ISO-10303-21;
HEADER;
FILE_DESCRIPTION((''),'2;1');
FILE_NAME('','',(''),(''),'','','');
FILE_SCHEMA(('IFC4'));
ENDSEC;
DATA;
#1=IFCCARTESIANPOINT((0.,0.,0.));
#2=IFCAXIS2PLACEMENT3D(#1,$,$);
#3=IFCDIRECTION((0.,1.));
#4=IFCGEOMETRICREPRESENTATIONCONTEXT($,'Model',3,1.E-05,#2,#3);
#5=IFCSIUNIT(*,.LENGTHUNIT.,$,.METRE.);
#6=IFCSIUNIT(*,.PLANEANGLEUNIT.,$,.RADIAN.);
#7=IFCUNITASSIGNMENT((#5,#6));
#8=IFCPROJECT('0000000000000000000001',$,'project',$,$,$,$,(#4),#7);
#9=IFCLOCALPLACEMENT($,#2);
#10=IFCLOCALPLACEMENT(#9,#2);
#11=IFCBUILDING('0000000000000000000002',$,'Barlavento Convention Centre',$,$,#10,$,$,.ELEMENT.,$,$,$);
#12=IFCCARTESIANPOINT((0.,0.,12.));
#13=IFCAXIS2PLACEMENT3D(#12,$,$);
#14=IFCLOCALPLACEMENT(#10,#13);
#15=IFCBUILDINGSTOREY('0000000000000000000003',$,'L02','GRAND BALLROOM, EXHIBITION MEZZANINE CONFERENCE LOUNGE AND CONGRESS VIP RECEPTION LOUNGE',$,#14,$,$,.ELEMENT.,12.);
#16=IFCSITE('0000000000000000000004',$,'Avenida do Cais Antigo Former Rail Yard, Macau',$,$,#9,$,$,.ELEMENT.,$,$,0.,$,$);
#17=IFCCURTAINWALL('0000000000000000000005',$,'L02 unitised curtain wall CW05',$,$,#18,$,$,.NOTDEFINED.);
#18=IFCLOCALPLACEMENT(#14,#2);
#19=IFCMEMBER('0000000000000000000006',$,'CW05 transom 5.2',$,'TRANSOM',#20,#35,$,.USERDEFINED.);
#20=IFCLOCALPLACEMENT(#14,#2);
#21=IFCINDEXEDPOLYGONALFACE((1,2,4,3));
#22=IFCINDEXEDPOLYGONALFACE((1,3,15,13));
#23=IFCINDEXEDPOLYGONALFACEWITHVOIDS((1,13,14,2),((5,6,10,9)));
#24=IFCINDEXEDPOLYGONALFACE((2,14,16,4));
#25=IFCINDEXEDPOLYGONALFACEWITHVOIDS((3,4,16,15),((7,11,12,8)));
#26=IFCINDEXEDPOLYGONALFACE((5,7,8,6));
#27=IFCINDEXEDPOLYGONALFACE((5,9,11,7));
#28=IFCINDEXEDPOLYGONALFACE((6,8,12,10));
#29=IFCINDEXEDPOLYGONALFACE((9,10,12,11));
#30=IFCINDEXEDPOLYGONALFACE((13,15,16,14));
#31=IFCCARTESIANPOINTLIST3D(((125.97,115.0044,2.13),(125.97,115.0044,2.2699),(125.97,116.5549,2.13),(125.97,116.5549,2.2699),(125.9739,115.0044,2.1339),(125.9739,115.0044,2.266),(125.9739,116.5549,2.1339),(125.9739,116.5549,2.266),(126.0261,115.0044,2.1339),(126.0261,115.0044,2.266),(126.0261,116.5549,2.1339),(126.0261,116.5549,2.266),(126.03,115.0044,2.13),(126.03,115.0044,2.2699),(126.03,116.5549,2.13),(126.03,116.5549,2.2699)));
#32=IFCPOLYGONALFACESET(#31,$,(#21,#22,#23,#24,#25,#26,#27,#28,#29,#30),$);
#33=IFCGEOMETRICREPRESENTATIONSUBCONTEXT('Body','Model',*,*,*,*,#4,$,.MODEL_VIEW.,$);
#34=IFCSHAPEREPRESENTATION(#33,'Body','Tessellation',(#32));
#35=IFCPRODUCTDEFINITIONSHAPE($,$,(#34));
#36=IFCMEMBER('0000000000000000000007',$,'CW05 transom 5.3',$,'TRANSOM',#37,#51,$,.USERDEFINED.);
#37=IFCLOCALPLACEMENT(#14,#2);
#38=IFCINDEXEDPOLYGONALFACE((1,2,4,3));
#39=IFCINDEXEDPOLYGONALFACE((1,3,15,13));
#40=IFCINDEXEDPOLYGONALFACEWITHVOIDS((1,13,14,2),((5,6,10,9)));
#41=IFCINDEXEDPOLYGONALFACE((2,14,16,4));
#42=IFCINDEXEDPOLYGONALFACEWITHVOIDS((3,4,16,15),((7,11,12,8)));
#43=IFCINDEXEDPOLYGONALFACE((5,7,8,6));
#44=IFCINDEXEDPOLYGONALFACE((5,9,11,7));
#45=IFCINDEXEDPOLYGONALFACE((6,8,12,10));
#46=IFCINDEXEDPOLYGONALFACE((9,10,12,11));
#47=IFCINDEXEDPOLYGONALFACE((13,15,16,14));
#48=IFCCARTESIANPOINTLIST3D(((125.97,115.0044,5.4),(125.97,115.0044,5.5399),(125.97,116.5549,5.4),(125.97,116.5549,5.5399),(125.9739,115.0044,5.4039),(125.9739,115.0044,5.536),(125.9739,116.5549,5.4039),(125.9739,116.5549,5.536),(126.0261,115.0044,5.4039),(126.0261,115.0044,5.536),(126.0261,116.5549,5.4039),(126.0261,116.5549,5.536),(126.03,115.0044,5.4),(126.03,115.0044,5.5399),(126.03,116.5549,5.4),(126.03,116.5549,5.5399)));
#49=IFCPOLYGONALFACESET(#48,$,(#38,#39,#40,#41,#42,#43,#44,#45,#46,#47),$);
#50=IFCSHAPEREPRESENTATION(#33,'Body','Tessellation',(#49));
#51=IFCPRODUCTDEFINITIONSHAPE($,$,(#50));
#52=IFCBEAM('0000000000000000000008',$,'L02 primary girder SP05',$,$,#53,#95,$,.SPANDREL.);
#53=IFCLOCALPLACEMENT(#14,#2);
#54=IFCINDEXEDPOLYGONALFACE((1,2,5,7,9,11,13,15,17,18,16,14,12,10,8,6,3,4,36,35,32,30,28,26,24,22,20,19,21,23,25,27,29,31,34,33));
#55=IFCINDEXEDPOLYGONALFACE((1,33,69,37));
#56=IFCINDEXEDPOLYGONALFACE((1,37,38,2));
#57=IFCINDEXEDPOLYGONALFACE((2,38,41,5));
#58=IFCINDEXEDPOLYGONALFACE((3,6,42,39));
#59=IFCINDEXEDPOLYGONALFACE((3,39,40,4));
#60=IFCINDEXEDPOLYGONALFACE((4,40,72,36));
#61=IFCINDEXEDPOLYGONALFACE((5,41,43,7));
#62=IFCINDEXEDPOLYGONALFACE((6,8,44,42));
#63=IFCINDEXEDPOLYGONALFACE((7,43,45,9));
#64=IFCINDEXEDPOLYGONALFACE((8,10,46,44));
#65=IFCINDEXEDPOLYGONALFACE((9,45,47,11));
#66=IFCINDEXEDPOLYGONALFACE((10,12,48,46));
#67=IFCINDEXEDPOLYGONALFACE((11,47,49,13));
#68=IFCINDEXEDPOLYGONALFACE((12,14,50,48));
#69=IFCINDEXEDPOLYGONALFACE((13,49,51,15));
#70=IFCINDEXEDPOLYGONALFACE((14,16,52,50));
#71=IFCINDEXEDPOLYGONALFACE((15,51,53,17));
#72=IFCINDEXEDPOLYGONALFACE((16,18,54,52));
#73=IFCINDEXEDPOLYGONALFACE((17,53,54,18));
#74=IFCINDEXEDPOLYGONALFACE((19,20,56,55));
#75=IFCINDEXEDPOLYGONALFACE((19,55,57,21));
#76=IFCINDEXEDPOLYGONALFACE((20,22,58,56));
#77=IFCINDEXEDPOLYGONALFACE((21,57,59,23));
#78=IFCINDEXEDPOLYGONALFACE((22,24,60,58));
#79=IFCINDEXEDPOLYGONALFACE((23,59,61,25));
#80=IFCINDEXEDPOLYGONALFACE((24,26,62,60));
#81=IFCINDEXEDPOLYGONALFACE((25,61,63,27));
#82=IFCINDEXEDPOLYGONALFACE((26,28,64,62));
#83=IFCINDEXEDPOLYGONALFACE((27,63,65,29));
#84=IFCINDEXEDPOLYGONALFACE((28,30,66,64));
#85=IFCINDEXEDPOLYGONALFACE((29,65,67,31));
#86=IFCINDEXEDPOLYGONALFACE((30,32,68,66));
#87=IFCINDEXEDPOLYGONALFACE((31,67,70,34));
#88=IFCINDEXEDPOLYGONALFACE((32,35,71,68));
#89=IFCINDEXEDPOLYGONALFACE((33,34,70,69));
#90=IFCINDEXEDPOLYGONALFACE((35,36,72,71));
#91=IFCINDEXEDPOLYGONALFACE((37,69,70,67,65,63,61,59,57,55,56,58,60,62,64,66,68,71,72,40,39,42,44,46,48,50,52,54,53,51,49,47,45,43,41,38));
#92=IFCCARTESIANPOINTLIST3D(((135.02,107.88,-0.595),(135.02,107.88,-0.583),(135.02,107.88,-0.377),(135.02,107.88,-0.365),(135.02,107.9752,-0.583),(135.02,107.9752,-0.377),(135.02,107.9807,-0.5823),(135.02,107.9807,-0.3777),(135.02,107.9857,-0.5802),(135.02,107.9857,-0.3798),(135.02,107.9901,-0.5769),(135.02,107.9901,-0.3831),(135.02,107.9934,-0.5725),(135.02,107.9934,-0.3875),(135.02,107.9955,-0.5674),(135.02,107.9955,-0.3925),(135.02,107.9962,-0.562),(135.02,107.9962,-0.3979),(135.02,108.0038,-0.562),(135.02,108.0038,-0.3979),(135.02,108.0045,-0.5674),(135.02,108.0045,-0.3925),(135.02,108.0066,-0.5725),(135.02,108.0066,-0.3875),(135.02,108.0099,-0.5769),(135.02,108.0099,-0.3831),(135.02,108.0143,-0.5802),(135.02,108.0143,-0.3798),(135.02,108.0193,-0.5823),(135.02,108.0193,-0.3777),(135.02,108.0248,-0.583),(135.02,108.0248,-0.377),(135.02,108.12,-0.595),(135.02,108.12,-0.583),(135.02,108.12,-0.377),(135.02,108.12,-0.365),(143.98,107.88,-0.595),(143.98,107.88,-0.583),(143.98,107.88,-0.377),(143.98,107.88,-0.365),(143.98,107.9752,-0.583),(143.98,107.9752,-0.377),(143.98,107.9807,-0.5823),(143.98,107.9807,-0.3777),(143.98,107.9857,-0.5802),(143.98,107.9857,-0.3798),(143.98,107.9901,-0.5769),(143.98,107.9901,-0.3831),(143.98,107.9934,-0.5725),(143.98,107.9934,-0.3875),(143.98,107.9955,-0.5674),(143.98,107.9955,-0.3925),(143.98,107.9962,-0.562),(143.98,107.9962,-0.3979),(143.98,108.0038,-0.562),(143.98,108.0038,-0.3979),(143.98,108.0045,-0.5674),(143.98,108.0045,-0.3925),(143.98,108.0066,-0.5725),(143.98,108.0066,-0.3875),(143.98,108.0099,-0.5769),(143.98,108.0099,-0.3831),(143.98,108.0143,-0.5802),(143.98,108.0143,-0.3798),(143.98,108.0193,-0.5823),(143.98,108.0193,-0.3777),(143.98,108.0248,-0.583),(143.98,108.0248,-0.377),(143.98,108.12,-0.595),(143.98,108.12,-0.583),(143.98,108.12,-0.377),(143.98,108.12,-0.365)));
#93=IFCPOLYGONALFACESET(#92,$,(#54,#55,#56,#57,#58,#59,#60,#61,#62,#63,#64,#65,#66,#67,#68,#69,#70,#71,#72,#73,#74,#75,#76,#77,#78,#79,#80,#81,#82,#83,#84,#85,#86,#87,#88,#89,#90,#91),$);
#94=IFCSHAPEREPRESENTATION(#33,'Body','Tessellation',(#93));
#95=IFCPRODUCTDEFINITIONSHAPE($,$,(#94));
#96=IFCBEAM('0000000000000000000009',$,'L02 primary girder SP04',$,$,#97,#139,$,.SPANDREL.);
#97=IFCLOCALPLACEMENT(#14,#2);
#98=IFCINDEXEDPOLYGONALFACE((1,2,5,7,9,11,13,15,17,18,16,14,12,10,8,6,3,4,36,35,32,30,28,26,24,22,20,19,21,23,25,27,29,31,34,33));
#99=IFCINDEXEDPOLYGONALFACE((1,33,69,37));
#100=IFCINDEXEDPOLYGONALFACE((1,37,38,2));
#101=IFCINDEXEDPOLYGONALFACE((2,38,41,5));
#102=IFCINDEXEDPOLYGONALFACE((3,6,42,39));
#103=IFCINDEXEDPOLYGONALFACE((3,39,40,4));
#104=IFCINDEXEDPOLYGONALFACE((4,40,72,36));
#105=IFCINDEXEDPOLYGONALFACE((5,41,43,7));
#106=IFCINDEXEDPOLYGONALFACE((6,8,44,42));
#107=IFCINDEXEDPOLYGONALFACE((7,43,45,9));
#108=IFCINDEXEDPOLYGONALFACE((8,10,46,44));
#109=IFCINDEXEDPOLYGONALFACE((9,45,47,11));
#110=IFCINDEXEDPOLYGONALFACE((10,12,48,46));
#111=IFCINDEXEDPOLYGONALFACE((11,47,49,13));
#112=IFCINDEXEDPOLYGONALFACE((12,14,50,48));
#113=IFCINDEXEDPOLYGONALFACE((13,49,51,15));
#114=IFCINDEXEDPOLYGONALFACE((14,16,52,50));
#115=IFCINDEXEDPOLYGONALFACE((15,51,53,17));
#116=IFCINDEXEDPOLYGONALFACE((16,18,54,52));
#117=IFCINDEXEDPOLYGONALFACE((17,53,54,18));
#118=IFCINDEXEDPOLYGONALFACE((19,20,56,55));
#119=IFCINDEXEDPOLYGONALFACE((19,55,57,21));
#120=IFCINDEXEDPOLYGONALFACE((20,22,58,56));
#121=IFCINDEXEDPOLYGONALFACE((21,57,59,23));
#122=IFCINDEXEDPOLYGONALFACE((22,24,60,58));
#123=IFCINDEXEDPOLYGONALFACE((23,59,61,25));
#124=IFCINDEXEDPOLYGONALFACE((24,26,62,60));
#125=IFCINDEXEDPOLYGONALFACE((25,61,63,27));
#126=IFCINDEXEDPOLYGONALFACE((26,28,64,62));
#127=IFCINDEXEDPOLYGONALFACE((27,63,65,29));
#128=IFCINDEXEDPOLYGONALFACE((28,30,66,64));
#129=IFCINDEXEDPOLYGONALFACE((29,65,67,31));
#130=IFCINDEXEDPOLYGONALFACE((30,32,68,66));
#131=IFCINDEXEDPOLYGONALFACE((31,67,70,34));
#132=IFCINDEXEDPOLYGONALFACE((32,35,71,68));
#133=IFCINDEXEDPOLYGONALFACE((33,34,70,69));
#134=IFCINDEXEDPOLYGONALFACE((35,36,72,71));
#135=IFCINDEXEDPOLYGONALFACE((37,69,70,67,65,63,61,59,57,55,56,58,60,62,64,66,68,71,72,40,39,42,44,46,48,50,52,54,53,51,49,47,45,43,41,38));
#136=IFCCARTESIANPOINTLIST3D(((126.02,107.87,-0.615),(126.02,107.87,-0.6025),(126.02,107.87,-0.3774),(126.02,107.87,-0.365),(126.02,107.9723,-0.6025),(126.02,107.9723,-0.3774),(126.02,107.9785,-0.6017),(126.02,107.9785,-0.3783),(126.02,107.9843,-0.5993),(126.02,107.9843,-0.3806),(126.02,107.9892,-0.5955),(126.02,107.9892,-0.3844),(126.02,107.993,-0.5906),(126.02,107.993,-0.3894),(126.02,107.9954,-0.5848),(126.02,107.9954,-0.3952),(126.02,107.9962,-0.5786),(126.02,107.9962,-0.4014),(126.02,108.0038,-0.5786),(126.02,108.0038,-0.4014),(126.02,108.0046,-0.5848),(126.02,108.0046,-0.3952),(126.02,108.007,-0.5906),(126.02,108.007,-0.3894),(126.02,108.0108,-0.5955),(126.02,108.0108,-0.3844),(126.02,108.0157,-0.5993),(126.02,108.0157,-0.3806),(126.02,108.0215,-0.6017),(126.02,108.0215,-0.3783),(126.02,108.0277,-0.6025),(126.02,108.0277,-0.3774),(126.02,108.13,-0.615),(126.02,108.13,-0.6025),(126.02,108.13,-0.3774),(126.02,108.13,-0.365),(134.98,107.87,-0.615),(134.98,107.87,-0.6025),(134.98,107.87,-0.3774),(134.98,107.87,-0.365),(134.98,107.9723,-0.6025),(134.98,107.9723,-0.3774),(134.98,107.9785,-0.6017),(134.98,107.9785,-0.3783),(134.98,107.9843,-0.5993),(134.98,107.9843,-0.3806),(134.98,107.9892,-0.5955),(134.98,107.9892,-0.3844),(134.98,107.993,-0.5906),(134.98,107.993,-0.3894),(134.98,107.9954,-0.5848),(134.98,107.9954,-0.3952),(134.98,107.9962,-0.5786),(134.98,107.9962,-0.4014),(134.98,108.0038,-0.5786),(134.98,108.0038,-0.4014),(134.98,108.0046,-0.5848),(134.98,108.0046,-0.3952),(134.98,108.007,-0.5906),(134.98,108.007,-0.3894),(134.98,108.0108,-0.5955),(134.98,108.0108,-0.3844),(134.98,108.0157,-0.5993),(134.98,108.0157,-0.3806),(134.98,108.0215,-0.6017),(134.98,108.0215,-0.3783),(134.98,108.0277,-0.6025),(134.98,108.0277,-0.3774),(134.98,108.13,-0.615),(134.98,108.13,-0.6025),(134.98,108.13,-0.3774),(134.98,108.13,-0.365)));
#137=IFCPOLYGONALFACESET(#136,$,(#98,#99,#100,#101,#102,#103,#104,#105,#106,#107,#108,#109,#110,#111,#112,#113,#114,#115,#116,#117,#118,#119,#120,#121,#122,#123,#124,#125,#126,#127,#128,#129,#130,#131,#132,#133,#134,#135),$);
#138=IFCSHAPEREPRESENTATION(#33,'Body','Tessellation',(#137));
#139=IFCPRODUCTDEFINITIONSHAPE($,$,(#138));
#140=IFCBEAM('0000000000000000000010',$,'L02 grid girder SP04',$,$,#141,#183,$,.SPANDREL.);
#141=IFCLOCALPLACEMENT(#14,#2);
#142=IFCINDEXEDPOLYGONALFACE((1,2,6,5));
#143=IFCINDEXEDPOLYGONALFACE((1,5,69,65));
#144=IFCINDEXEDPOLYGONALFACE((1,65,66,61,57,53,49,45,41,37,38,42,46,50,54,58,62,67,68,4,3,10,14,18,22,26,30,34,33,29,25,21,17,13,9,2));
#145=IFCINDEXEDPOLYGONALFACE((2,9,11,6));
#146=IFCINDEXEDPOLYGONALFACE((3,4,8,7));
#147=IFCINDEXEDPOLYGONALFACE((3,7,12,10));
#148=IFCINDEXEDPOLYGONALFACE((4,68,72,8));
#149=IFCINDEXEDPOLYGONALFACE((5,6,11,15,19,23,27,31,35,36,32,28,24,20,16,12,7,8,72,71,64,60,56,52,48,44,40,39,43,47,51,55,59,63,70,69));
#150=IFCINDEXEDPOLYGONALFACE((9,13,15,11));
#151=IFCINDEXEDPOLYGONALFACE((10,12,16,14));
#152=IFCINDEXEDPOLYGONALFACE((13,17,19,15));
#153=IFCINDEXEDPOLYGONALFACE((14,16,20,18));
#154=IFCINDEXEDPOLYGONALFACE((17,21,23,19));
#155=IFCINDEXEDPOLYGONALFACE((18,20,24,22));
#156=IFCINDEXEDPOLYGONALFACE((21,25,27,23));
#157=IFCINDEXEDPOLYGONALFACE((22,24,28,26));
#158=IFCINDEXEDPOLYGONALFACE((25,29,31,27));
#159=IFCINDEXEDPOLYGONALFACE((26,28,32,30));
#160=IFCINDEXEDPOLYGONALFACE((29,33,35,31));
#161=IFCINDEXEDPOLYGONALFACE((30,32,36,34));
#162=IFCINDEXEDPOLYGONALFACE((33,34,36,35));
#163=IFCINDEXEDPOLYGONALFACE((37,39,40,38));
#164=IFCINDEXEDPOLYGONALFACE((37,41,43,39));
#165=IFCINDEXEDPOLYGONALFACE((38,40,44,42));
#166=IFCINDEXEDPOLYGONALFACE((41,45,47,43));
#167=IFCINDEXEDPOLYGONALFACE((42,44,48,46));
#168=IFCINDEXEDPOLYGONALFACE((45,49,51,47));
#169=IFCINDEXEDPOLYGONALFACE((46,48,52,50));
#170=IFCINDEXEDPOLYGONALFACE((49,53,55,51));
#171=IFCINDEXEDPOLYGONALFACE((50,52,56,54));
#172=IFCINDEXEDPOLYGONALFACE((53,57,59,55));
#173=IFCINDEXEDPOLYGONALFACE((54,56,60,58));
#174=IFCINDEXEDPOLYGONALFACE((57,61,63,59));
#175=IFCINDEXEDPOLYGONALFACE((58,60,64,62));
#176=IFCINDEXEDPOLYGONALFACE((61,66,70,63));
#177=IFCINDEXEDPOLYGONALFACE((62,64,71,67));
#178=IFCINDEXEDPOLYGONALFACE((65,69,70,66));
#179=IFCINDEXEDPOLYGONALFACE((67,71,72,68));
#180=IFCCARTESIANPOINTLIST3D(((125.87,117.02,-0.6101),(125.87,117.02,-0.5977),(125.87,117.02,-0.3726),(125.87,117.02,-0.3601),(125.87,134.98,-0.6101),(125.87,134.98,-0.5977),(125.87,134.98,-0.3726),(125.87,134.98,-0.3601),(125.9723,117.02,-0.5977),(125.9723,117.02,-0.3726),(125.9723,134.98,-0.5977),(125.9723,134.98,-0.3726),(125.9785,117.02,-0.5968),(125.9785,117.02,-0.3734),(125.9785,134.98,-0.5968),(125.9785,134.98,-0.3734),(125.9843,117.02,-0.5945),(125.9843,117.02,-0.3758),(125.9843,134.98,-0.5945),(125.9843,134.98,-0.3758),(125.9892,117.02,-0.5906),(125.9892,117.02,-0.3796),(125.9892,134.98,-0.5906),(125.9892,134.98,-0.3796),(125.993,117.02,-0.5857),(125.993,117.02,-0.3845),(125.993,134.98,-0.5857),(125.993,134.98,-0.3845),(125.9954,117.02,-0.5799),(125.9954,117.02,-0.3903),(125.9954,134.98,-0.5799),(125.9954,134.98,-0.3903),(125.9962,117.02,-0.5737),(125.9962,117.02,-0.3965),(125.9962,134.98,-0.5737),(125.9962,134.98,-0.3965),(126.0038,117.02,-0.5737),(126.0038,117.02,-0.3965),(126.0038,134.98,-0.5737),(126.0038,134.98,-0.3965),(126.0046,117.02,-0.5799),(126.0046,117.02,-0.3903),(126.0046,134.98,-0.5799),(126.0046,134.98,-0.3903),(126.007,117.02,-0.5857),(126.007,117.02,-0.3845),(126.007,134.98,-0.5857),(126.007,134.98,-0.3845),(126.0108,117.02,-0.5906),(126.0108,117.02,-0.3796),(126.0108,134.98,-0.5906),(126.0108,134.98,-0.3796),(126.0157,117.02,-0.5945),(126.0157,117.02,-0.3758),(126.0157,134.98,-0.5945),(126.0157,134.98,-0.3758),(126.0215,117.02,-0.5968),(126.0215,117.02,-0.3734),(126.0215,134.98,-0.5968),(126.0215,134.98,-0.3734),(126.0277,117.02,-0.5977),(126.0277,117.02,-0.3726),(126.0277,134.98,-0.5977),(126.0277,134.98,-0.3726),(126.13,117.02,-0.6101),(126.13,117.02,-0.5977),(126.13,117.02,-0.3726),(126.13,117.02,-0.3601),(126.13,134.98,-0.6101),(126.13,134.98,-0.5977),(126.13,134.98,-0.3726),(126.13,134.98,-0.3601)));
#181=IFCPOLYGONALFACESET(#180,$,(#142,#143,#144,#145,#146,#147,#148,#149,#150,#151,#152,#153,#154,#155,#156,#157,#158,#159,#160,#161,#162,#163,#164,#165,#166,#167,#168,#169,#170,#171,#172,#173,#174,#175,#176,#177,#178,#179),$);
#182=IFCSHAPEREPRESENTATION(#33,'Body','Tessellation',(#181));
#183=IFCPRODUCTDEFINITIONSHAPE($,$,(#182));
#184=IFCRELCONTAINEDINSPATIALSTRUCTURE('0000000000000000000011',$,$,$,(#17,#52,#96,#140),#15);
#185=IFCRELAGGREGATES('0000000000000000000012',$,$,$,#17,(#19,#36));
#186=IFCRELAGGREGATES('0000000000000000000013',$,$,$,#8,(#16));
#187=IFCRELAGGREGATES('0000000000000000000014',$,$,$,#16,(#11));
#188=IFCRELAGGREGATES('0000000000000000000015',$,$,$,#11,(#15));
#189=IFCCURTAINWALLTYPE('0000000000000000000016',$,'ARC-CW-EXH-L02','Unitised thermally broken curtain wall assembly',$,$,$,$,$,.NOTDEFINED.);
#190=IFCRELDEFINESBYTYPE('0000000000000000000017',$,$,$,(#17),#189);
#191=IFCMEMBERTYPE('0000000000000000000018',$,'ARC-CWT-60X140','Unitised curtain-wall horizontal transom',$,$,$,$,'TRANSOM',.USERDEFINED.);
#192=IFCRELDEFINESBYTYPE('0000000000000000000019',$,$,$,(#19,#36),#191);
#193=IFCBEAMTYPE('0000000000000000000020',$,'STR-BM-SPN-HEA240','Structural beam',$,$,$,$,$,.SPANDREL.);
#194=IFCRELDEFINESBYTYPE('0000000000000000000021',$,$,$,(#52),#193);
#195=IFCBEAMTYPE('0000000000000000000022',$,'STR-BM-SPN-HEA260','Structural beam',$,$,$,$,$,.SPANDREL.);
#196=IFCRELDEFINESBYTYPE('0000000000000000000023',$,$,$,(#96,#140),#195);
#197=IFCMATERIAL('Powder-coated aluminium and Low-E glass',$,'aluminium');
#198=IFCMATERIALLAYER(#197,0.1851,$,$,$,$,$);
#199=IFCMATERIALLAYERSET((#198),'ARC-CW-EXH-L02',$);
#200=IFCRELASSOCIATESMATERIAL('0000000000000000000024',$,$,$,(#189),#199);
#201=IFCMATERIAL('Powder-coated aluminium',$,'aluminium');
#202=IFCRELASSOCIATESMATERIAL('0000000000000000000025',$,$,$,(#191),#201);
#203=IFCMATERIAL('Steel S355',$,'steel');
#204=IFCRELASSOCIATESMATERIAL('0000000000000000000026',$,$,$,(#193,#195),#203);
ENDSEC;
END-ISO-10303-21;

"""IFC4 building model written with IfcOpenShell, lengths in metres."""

from ifc_helpers import new_model, si_unit, direction, frame, origin, origin_2d, place, context, subcontext, project, spatial, hollow_rectangle, i_section, extrude, material, layer, layer_set, material_profile, profile_set, type_object, element, aggregate, save


model = new_model("IFC4")

# Units and contexts
model_context = context("Model", 3, precision=1e-05, world=origin(), true_north=direction((0.0, 1.0)))
body_context = subcontext(model_context, "Body", "Model", "MODEL_VIEW")
ifc_project = project(units=[si_unit("LENGTHUNIT", "METRE"), si_unit("PLANEANGLEUNIT", "RADIAN")], contexts=[model_context])

# Site, building, storey
site_placement = place(None, origin())
site = spatial("IfcSite", under=ifc_project, at=site_placement, Name="Avenida do Cais Antigo Former Rail Yard, Macau", CompositionType="ELEMENT", RefElevation=0.0)
building_placement = place(site_placement, origin())
building = spatial("IfcBuilding", under=site, at=building_placement, Name="Barlavento Convention Centre", CompositionType="ELEMENT")
storey_placement = place(building_placement, frame((0.0, 0.0, 12.0)))
storey = spatial("IfcBuildingStorey", under=building, at=storey_placement, Name="L02", Description="GRAND BALLROOM, EXHIBITION MEZZANINE CONFERENCE LOUNGE AND CONGRESS VIP RECEPTION LOUNGE", CompositionType="ELEMENT", Elevation=12.0)

# Curtain wall, members
ifc_material_1 = material(Name="Powder-coated aluminium and Low-E glass", Category="aluminium")
ifc_layer_1 = layer(ifc_material_1, 0.1851)
ifc_layer_set_1 = layer_set([ifc_layer_1], Name="ARC-CW-EXH-L02")
curtain_wall_type = type_object("IfcCurtainWallType", Name="ARC-CW-EXH-L02", Description="Unitised thermally broken curtain wall assembly", PredefinedType="NOTDEFINED", material=ifc_layer_set_1)
curtain_wall_placement = place(storey_placement, origin())
curtain_wall = element("IfcCurtainWall", 1, at=curtain_wall_placement, inside=storey, type_object=curtain_wall_type, Name="L02 unitised curtain wall CW05", PredefinedType="NOTDEFINED")
ifc_material_2 = material(Name="Powder-coated aluminium", Category="aluminium")
ifc_material_profile_1 = material_profile(ifc_material_2, hollow_rectangle(XDim=0.0601, YDim=0.1399, WallThickness=0.0039, at=origin_2d()), Name="AL-TRAN 60x140x4")
ifc_profile_set_1 = profile_set([ifc_material_profile_1], Name="Powder-coated aluminium")
member_type_1 = type_object("IfcMemberType", Name="ARC-CWT-60X140", Description="Unitised curtain-wall horizontal transom", ElementType="TRANSOM", PredefinedType="USERDEFINED", material=ifc_profile_set_1)
member_1_placement = place(storey_placement, frame((126.0, 115.0044, 2.2), z_axis=(0.0, 1.0, 0.0), x_axis=(-1.0, 0.0, 0.0)))
member_1 = element("IfcMember", 2, at=member_1_placement, type_object=member_type_1, Name="CW05 transom 5.2", ObjectType="TRANSOM", PredefinedType="USERDEFINED", context=body_context, shape_type="SweptSolid", body=[
    extrude(hollow_rectangle(XDim=0.0601, YDim=0.1399, WallThickness=0.0039, at=origin_2d()), origin(), (0.0, 0.0, 1.0), 1.5505),
])
member_2_placement = place(storey_placement, frame((126.0, 115.0044, 5.47), z_axis=(0.0, 1.0, 0.0), x_axis=(-1.0, 0.0, 0.0)))
member_2 = element("IfcMember", 3, at=member_2_placement, type_object=member_type_1, Name="CW05 transom 5.3", ObjectType="TRANSOM", PredefinedType="USERDEFINED", context=body_context, shape_type="SweptSolid", body=[
    extrude(hollow_rectangle(XDim=0.0601, YDim=0.1399, WallThickness=0.0039, at=origin_2d()), origin(), (0.0, 0.0, 1.0), 1.5505),
])

# Beams
ifc_material_3 = material(Name="Steel S355", Category="steel")
ifc_material_profile_2 = material_profile(ifc_material_3, i_section(OverallWidth=0.24, OverallDepth=0.23, WebThickness=0.0076, FlangeThickness=0.012, FilletRadius=0.021, at=origin_2d()), Name="HEA 240")
ifc_profile_set_2 = profile_set([ifc_material_profile_2], Name="Steel S355")
beam_type_1 = type_object("IfcBeamType", Name="STR-BM-SPN-HEA240", Description="Structural beam", PredefinedType="SPANDREL", material=ifc_profile_set_2)
beam_1_placement = place(storey_placement, frame((135.02, 108.0, -0.48), z_axis=(1.0, 0.0, 0.0), x_axis=(0.0, 1.0, 0.0)))
element("IfcBeam", 4, at=beam_1_placement, inside=storey, type_object=beam_type_1, Name="L02 primary girder SP05", PredefinedType="SPANDREL", context=body_context, shape_type="SweptSolid", body=[
    extrude(i_section(OverallWidth=0.24, OverallDepth=0.23, WebThickness=0.0076, FlangeThickness=0.012, FilletRadius=0.021, at=origin_2d()), origin(), (0.0, 0.0, 1.0), 8.96),
])
ifc_material_profile_3 = material_profile(ifc_material_3, i_section(OverallWidth=0.26, OverallDepth=0.25, WebThickness=0.0076, FlangeThickness=0.0125, FilletRadius=0.0239, at=origin_2d()), Name="HEA 260")
ifc_profile_set_3 = profile_set([ifc_material_profile_3], Name="Steel S355")
beam_type_2 = type_object("IfcBeamType", Name="STR-BM-SPN-HEA260", Description="Structural beam", PredefinedType="SPANDREL", material=ifc_profile_set_3)
beam_2_placement = place(storey_placement, frame((126.02, 108.0, -0.49), z_axis=(1.0, 0.0, 0.0), x_axis=(0.0, 1.0, 0.0)))
element("IfcBeam", 5, at=beam_2_placement, inside=storey, type_object=beam_type_2, Name="L02 primary girder SP04", PredefinedType="SPANDREL", context=body_context, shape_type="SweptSolid", body=[
    extrude(i_section(OverallWidth=0.26, OverallDepth=0.25, WebThickness=0.0076, FlangeThickness=0.0125, FilletRadius=0.0239, at=origin_2d()), origin(), (0.0, 0.0, 1.0), 8.96),
])
beam_3_placement = place(storey_placement, frame((126.0, 117.02, -0.4851), z_axis=(0.0, 1.0, 0.0), x_axis=(-1.0, 0.0, 0.0)))
element("IfcBeam", 6, at=beam_3_placement, inside=storey, type_object=beam_type_2, Name="L02 grid girder SP04", PredefinedType="SPANDREL", context=body_context, shape_type="SweptSolid", body=[
    extrude(i_section(OverallWidth=0.26, OverallDepth=0.25, WebThickness=0.0076, FlangeThickness=0.0125, FilletRadius=0.0239, at=origin_2d()), origin(), (0.0, 0.0, 1.0), 17.96),
])

aggregate(curtain_wall, [member_1, member_2])

save(model, "model.ifc")
